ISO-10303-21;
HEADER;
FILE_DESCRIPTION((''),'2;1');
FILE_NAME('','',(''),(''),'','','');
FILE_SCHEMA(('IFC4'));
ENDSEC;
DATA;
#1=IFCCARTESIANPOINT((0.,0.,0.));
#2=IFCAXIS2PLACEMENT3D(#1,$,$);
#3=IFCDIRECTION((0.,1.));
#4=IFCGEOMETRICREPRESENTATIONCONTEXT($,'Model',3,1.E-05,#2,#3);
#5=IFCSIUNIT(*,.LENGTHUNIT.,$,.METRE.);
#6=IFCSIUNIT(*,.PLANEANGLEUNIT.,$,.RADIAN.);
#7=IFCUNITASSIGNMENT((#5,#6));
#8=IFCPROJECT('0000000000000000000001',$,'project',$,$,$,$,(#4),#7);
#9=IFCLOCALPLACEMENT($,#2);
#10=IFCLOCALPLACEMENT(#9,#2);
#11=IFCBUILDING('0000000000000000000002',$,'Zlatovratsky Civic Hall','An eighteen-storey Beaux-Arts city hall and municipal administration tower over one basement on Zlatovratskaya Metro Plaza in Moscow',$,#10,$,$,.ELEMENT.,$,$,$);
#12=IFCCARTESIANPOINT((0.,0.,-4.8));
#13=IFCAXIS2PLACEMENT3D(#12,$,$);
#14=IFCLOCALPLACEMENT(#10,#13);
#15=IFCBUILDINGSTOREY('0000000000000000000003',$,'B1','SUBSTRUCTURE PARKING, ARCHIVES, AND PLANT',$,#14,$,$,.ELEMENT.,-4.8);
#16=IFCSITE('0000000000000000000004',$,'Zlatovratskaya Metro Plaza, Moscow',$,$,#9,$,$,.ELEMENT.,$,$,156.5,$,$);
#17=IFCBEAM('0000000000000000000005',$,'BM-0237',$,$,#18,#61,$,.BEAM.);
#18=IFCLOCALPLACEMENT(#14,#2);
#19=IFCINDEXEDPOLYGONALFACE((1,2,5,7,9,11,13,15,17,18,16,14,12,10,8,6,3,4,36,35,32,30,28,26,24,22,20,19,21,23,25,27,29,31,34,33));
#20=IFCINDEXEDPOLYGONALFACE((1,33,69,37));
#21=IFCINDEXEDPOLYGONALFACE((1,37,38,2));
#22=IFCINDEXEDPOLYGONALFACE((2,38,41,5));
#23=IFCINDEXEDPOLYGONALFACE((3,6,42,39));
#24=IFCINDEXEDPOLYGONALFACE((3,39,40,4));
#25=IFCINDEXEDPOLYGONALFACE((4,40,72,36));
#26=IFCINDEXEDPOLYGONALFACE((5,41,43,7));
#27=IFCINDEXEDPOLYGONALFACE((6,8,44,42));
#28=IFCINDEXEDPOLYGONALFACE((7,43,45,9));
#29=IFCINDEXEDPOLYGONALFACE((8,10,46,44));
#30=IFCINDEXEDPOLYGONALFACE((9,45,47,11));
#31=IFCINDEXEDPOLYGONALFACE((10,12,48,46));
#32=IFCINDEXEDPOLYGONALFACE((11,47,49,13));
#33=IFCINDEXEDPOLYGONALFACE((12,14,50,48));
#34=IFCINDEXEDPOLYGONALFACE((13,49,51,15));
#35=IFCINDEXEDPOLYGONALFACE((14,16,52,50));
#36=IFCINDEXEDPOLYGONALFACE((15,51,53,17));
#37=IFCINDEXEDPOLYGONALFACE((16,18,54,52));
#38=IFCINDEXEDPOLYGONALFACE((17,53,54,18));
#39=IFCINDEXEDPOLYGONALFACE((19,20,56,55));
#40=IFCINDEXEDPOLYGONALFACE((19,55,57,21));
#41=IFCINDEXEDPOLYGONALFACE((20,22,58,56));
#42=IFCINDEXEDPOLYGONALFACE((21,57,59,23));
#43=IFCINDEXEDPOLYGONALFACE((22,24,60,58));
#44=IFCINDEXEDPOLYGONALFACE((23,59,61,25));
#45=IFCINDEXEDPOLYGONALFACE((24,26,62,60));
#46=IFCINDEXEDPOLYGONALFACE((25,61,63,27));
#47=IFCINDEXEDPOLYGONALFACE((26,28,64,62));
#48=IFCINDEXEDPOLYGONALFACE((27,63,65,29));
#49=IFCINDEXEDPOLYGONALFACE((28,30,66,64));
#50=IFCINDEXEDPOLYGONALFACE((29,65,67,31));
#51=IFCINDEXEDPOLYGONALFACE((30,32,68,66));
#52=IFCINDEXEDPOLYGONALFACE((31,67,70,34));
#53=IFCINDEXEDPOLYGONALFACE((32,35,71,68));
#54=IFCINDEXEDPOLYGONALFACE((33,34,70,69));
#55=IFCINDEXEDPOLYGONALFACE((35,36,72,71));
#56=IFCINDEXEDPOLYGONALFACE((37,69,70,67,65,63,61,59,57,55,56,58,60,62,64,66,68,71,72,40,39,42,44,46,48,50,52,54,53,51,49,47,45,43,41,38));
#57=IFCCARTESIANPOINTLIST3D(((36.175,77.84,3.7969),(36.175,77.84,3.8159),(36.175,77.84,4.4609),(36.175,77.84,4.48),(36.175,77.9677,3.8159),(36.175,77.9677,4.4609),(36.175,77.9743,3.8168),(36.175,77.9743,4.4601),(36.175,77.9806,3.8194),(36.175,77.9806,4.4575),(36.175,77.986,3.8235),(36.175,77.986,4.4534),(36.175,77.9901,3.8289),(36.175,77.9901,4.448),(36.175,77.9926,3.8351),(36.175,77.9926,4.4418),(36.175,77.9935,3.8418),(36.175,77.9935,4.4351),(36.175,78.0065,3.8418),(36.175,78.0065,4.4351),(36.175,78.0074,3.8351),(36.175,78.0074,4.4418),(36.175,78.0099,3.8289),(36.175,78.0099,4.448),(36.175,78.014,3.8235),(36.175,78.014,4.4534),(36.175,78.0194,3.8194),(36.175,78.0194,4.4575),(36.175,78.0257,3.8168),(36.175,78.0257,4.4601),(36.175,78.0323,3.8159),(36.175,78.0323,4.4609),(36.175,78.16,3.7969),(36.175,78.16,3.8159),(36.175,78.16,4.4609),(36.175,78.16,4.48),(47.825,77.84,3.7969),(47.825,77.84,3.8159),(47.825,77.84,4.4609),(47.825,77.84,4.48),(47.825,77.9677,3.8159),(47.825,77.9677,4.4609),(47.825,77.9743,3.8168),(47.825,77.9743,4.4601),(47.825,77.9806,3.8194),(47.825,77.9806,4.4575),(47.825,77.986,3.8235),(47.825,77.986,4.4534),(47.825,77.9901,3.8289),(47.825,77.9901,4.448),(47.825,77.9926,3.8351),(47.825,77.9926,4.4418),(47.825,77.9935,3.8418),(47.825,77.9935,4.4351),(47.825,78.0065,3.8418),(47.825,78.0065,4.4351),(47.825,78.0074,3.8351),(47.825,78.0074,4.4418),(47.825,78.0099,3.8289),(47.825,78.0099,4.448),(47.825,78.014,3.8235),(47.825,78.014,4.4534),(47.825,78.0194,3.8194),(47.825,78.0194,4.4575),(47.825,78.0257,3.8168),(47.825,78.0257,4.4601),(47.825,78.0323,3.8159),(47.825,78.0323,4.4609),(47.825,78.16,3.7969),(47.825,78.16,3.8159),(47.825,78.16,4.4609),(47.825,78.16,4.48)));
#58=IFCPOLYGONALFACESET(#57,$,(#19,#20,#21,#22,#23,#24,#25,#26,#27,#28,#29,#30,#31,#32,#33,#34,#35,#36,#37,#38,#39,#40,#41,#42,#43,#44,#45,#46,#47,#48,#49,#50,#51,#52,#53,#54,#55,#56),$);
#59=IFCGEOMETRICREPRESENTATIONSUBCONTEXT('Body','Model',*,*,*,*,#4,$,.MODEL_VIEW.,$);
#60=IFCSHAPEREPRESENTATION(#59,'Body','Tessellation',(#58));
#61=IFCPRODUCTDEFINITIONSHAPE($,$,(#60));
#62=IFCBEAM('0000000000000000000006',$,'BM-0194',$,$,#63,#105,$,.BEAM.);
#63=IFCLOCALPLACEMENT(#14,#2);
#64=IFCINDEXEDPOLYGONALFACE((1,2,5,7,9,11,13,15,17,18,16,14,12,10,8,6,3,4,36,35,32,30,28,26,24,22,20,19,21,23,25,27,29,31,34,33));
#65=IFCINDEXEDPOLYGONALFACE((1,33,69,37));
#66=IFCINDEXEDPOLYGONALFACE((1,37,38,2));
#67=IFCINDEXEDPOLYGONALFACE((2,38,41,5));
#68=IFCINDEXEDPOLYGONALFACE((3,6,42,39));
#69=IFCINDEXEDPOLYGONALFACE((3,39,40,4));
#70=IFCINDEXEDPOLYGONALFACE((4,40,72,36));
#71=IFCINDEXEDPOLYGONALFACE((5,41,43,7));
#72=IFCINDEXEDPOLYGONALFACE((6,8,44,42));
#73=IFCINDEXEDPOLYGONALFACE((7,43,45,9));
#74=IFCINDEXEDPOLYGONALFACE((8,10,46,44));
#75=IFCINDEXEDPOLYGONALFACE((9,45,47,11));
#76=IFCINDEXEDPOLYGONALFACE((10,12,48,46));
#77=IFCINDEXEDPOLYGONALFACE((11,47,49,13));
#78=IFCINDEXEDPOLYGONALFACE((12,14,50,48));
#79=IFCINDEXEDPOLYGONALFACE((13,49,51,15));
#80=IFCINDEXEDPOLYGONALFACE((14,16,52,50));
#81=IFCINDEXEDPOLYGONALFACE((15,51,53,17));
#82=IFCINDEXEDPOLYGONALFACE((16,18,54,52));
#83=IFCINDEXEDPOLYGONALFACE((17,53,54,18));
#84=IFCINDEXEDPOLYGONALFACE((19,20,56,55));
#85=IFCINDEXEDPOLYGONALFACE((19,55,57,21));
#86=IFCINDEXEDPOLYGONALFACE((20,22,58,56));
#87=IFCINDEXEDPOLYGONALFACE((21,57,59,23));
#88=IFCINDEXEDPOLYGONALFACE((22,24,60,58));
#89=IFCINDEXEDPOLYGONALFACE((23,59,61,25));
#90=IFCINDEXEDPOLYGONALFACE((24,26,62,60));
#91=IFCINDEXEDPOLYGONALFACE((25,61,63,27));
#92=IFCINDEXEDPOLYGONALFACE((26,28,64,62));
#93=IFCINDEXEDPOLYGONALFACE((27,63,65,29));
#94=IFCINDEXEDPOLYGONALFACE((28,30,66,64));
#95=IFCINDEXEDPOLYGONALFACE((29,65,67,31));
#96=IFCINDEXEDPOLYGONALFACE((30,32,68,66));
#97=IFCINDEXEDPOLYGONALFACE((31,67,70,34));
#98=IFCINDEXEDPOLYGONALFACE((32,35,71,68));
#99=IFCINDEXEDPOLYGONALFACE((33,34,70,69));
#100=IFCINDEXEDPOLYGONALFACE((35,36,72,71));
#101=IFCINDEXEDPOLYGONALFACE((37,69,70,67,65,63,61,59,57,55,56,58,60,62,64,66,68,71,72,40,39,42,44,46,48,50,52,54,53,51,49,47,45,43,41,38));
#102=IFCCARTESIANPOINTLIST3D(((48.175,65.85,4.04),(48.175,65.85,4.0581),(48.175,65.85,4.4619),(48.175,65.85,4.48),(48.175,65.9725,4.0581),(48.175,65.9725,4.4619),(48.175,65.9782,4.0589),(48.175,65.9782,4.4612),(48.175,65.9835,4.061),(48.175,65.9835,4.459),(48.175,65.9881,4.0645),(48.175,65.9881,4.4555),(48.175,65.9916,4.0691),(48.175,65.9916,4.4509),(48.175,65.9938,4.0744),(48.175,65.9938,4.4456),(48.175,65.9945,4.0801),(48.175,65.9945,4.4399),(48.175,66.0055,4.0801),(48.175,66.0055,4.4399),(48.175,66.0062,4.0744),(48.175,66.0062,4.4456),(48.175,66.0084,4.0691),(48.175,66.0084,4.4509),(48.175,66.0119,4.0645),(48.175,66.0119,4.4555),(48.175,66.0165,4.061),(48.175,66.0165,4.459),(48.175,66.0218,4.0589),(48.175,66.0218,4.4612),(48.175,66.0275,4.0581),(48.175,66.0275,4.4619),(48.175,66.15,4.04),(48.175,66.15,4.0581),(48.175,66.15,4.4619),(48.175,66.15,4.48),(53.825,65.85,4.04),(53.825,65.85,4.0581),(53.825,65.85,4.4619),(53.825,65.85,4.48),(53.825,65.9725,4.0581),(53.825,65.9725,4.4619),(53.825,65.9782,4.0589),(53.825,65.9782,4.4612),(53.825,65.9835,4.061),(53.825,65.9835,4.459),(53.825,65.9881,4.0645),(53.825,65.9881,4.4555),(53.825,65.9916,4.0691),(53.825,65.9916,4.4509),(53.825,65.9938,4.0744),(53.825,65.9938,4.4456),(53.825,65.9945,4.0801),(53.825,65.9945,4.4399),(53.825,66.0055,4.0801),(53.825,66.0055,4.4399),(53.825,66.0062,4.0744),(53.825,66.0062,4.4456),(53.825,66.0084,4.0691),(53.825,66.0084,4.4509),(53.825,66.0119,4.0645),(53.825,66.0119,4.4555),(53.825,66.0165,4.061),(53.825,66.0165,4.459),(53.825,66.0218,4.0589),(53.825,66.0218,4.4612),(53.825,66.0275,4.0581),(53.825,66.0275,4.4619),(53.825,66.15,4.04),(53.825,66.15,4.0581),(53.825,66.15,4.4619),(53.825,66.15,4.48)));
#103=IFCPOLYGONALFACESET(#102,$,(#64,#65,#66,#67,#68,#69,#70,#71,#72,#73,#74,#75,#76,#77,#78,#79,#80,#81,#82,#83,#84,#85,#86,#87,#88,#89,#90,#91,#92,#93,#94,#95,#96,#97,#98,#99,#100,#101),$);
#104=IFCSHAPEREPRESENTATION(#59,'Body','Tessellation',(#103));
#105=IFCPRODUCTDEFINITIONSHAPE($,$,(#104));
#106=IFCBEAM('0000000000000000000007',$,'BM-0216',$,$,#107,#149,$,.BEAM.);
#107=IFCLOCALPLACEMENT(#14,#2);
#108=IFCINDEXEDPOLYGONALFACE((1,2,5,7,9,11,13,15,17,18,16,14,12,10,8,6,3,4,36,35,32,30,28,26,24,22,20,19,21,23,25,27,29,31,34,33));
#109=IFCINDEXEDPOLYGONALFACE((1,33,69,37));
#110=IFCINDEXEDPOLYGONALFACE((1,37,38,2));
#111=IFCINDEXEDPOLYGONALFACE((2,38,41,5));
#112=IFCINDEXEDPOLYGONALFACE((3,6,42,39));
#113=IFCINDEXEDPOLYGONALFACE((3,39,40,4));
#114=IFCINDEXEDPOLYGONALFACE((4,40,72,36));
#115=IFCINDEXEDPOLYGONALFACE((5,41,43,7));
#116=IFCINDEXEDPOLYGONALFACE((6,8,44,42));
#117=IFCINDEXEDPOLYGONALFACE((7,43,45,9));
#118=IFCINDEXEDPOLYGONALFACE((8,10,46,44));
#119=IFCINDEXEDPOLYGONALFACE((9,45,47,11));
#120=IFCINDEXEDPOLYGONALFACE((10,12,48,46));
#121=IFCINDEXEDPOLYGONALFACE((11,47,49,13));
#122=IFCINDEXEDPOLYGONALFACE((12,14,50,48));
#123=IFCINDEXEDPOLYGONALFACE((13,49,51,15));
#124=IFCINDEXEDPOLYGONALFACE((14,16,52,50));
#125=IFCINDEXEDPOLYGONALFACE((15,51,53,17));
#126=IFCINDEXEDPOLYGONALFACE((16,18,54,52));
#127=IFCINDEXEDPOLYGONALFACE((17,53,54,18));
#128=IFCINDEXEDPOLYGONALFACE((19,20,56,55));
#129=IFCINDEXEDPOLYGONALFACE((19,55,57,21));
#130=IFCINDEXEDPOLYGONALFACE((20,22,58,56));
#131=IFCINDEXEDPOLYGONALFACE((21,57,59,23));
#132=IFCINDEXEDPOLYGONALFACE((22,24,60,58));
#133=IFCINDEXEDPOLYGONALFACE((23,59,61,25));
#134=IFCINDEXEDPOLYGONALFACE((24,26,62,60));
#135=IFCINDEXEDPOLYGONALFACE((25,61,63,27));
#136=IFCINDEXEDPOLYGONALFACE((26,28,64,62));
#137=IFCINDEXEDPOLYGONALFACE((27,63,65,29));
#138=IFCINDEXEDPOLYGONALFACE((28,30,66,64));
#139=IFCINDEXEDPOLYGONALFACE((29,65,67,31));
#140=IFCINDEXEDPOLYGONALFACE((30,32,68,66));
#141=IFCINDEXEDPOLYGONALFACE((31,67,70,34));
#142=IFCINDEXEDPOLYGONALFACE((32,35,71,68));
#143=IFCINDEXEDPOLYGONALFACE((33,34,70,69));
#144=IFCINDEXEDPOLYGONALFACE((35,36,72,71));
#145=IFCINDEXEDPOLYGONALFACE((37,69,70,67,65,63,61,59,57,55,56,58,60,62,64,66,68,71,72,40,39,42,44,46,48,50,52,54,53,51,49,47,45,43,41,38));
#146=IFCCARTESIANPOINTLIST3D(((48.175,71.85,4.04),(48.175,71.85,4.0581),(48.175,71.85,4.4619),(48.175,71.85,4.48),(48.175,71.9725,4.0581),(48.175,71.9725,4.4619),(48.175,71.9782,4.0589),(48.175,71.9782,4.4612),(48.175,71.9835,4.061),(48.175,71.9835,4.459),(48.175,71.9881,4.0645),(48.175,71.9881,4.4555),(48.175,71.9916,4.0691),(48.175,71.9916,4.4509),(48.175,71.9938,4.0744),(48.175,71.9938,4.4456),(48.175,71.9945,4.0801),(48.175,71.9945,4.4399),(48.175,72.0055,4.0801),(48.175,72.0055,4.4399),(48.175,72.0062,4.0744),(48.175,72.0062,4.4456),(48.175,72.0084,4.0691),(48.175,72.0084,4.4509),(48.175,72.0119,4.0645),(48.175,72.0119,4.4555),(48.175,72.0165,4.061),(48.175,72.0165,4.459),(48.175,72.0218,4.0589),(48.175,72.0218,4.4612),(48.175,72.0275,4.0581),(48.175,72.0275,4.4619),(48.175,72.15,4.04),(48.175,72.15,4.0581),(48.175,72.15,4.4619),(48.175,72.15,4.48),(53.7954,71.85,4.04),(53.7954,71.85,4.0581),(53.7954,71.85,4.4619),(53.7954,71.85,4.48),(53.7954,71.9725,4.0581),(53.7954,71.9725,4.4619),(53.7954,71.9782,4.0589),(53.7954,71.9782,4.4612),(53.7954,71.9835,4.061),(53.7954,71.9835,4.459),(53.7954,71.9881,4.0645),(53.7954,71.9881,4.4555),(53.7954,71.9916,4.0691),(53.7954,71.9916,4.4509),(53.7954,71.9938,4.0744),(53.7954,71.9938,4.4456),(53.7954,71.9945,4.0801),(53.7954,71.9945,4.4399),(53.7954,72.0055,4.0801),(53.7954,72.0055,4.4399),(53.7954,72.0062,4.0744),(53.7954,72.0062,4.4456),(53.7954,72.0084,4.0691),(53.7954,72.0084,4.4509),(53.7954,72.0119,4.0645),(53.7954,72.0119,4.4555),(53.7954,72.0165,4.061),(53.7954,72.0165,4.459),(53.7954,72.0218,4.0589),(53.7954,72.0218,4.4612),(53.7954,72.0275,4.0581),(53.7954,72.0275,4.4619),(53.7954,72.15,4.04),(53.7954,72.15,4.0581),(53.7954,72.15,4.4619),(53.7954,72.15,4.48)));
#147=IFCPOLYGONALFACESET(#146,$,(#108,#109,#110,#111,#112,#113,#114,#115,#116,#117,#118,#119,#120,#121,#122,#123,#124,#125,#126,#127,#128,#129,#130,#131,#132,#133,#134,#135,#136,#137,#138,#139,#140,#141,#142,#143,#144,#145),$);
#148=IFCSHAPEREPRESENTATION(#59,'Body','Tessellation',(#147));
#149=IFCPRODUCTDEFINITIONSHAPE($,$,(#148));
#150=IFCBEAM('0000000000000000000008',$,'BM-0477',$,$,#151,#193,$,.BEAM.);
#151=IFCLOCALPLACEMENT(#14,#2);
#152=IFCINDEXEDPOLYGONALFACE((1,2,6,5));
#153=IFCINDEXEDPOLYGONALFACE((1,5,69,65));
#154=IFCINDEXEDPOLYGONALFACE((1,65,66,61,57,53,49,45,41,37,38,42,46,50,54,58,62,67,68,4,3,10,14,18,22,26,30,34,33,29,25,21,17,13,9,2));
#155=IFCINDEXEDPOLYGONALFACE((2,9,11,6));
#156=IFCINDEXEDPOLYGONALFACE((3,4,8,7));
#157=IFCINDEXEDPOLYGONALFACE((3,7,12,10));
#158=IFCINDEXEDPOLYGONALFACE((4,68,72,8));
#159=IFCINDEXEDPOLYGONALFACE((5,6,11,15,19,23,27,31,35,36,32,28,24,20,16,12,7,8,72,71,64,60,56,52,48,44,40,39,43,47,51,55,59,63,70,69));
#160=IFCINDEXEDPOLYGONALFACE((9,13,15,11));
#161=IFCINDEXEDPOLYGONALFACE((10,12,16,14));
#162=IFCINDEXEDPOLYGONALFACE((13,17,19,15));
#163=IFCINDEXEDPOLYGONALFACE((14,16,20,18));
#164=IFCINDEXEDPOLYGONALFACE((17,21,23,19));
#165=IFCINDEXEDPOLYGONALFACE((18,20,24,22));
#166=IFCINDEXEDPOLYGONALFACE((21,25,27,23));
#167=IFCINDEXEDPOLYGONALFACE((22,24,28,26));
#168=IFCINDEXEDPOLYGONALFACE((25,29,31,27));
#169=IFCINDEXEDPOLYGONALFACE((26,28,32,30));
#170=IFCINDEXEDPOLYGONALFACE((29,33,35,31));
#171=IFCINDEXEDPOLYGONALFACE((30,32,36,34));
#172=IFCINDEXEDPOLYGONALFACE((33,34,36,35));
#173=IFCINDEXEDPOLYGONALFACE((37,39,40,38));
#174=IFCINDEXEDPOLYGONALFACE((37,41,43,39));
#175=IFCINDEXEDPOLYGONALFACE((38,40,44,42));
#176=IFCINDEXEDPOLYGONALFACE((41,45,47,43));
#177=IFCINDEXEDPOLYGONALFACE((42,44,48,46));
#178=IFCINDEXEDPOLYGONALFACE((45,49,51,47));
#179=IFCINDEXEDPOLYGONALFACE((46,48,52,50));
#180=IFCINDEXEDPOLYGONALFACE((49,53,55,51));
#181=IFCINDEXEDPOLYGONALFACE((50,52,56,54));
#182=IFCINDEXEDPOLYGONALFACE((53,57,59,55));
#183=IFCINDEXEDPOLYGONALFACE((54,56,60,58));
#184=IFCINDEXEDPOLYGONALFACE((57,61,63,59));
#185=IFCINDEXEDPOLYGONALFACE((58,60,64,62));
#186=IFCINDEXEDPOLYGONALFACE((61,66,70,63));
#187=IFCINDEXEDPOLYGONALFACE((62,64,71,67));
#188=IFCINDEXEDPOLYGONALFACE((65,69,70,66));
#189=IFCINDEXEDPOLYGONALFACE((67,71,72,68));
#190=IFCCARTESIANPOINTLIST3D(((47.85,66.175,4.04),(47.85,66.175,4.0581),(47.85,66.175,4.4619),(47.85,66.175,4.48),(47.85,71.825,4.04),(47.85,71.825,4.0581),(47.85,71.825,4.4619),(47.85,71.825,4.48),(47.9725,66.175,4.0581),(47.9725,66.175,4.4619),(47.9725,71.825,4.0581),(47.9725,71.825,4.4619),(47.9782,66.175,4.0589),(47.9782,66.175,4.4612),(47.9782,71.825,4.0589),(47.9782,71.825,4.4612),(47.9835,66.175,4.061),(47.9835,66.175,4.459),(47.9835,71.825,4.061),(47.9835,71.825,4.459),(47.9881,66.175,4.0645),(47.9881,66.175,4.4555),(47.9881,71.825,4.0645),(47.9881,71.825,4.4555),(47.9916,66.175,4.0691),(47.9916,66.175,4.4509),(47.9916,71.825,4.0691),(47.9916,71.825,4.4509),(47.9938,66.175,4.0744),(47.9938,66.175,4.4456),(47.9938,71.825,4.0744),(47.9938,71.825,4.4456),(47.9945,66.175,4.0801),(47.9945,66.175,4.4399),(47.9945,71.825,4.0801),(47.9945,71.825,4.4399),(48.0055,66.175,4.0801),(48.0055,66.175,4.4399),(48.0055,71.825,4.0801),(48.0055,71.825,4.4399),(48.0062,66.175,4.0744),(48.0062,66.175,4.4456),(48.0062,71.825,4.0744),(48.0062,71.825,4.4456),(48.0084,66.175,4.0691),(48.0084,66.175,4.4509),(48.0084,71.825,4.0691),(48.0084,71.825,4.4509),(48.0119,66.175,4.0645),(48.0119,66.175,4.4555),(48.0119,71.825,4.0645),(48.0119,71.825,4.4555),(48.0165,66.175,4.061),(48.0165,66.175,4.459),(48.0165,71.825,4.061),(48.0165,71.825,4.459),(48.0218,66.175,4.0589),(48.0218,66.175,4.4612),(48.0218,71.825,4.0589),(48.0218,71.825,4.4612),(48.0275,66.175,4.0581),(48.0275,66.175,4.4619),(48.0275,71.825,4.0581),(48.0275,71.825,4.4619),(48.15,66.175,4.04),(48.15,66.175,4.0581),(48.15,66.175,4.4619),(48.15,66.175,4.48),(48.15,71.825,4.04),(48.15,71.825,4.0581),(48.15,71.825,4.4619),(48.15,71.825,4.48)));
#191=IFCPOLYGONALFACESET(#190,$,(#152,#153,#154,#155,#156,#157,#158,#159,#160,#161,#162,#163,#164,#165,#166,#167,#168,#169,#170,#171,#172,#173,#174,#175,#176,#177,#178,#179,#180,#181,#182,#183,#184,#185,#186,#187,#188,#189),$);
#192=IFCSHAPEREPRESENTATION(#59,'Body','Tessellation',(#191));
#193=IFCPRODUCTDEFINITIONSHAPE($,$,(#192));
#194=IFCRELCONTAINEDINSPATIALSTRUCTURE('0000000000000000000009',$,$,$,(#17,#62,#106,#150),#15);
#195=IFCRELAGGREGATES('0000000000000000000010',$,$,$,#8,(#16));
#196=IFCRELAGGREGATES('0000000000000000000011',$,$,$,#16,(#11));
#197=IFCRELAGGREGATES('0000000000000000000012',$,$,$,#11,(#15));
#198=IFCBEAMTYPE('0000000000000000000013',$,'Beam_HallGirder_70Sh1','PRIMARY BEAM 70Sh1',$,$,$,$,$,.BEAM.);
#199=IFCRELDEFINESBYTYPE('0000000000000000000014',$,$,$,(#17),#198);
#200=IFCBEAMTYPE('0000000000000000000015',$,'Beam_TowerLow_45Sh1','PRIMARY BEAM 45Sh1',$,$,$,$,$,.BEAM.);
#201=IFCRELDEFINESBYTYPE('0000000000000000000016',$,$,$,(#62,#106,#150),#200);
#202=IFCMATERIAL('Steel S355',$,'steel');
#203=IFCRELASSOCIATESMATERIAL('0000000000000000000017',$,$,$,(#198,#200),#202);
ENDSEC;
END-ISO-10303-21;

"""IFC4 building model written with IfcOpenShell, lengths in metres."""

from ifc_helpers import new_model, si_unit, direction, frame, origin, origin_2d, place, context, subcontext, project, spatial, i_section, extrude, material, material_profile, profile_set, type_object, element, save


model = new_model("IFC4")

# Units and contexts
model_context = context("Model", 3, precision=1e-05, world=origin(), true_north=direction((0.0, 1.0)))
body_context = subcontext(model_context, "Body", "Model", "MODEL_VIEW")
ifc_project = project(units=[si_unit("LENGTHUNIT", "METRE"), si_unit("PLANEANGLEUNIT", "RADIAN")], contexts=[model_context])

# Site, building, storey
site_placement = place(None, origin())
site = spatial("IfcSite", under=ifc_project, at=site_placement, Name="Zlatovratskaya Metro Plaza, Moscow", CompositionType="ELEMENT", RefElevation=156.5)
building_placement = place(site_placement, origin())
building = spatial("IfcBuilding", under=site, at=building_placement, Name="Zlatovratsky Civic Hall", Description="An eighteen-storey Beaux-Arts city hall and municipal administration tower over one basement on Zlatovratskaya Metro Plaza in Moscow", CompositionType="ELEMENT")
storey_placement = place(building_placement, frame((0.0, 0.0, -4.8)))
storey = spatial("IfcBuildingStorey", under=building, at=storey_placement, Name="B1", Description="SUBSTRUCTURE PARKING, ARCHIVES, AND PLANT", CompositionType="ELEMENT", Elevation=-4.8)

# Shared definitions
ifc_material_1 = material(Name="Steel S355", Category="steel")

# Beams
ifc_material_profile_1 = material_profile(ifc_material_1, i_section(OverallWidth=0.3201, OverallDepth=0.6831, WebThickness=0.0129, FlangeThickness=0.019, FilletRadius=0.0259, at=origin_2d()), Name="70Sh1")
ifc_profile_set_1 = profile_set([ifc_material_profile_1], Name="Steel S355")
beam_type_1 = type_object("IfcBeamType", Name="Beam_HallGirder_70Sh1", Description="PRIMARY BEAM 70Sh1", PredefinedType="BEAM", material=ifc_profile_set_1)
for number, where, z_axis, x_axis, name in (
    (1, (36.175, 78.0, 4.1384), (1.0, 0.0, 0.0), (0.0, 1.0, 0.0), "BM-0237"),
):
    element("IfcBeam", number, at=place(storey_placement, frame(where, z_axis=z_axis, x_axis=x_axis)), inside=storey, type_object=beam_type_1, Name=name, PredefinedType="BEAM", context=body_context, shape_type="SweptSolid", body=[
        extrude(i_section(OverallWidth=0.3201, OverallDepth=0.6831, WebThickness=0.0129, FlangeThickness=0.019, FilletRadius=0.0259, at=origin_2d()), origin(), (0.0, 0.0, 1.0), 11.6499),
    ])
ifc_material_profile_2 = material_profile(ifc_material_1, i_section(OverallWidth=0.3, OverallDepth=0.4399, WebThickness=0.011, FlangeThickness=0.0181, FilletRadius=0.022, at=origin_2d()), Name="45Sh1")
ifc_profile_set_2 = profile_set([ifc_material_profile_2], Name="Steel S355")
beam_type_2 = type_object("IfcBeamType", Name="Beam_TowerLow_45Sh1", Description="PRIMARY BEAM 45Sh1", PredefinedType="BEAM", material=ifc_profile_set_2)
beam_1_placement = place(storey_placement, frame((48.175, 66.0, 4.26), z_axis=(1.0, 0.0, 0.0), x_axis=(0.0, 1.0, 0.0)))
element("IfcBeam", 2, at=beam_1_placement, inside=storey, type_object=beam_type_2, Name="BM-0194", PredefinedType="BEAM", context=body_context, shape_type="SweptSolid", body=[
    extrude(i_section(OverallWidth=0.3, OverallDepth=0.4399, WebThickness=0.011, FlangeThickness=0.0181, FilletRadius=0.022, at=origin_2d()), origin(), (0.0, 0.0, 1.0), 5.6499),
])
beam_2_placement = place(storey_placement, frame((48.175, 72.0, 4.26), z_axis=(1.0, 0.0, 0.0), x_axis=(0.0, 1.0, 0.0)))
element("IfcBeam", 3, at=beam_2_placement, inside=storey, type_object=beam_type_2, Name="BM-0216", PredefinedType="BEAM", context=body_context, shape_type="SweptSolid", body=[
    extrude(i_section(OverallWidth=0.3, OverallDepth=0.4399, WebThickness=0.011, FlangeThickness=0.0181, FilletRadius=0.022, at=origin_2d()), origin(), (0.0, 0.0, 1.0), 5.6204),
])
for number, where, z_axis, x_axis, name in (
    (4, (48.0, 66.175, 4.26), (0.0, 1.0, 0.0), (-1.0, 0.0, 0.0), "BM-0477"),
):
    element("IfcBeam", number, at=place(storey_placement, frame(where, z_axis=z_axis, x_axis=x_axis)), inside=storey, type_object=beam_type_2, Name=name, PredefinedType="BEAM", context=body_context, shape_type="SweptSolid", body=[
        extrude(i_section(OverallWidth=0.3, OverallDepth=0.4399, WebThickness=0.011, FlangeThickness=0.0181, FilletRadius=0.022, at=origin_2d()), origin(), (0.0, 0.0, 1.0), 5.6499),
    ])

save(model, "model.ifc")
